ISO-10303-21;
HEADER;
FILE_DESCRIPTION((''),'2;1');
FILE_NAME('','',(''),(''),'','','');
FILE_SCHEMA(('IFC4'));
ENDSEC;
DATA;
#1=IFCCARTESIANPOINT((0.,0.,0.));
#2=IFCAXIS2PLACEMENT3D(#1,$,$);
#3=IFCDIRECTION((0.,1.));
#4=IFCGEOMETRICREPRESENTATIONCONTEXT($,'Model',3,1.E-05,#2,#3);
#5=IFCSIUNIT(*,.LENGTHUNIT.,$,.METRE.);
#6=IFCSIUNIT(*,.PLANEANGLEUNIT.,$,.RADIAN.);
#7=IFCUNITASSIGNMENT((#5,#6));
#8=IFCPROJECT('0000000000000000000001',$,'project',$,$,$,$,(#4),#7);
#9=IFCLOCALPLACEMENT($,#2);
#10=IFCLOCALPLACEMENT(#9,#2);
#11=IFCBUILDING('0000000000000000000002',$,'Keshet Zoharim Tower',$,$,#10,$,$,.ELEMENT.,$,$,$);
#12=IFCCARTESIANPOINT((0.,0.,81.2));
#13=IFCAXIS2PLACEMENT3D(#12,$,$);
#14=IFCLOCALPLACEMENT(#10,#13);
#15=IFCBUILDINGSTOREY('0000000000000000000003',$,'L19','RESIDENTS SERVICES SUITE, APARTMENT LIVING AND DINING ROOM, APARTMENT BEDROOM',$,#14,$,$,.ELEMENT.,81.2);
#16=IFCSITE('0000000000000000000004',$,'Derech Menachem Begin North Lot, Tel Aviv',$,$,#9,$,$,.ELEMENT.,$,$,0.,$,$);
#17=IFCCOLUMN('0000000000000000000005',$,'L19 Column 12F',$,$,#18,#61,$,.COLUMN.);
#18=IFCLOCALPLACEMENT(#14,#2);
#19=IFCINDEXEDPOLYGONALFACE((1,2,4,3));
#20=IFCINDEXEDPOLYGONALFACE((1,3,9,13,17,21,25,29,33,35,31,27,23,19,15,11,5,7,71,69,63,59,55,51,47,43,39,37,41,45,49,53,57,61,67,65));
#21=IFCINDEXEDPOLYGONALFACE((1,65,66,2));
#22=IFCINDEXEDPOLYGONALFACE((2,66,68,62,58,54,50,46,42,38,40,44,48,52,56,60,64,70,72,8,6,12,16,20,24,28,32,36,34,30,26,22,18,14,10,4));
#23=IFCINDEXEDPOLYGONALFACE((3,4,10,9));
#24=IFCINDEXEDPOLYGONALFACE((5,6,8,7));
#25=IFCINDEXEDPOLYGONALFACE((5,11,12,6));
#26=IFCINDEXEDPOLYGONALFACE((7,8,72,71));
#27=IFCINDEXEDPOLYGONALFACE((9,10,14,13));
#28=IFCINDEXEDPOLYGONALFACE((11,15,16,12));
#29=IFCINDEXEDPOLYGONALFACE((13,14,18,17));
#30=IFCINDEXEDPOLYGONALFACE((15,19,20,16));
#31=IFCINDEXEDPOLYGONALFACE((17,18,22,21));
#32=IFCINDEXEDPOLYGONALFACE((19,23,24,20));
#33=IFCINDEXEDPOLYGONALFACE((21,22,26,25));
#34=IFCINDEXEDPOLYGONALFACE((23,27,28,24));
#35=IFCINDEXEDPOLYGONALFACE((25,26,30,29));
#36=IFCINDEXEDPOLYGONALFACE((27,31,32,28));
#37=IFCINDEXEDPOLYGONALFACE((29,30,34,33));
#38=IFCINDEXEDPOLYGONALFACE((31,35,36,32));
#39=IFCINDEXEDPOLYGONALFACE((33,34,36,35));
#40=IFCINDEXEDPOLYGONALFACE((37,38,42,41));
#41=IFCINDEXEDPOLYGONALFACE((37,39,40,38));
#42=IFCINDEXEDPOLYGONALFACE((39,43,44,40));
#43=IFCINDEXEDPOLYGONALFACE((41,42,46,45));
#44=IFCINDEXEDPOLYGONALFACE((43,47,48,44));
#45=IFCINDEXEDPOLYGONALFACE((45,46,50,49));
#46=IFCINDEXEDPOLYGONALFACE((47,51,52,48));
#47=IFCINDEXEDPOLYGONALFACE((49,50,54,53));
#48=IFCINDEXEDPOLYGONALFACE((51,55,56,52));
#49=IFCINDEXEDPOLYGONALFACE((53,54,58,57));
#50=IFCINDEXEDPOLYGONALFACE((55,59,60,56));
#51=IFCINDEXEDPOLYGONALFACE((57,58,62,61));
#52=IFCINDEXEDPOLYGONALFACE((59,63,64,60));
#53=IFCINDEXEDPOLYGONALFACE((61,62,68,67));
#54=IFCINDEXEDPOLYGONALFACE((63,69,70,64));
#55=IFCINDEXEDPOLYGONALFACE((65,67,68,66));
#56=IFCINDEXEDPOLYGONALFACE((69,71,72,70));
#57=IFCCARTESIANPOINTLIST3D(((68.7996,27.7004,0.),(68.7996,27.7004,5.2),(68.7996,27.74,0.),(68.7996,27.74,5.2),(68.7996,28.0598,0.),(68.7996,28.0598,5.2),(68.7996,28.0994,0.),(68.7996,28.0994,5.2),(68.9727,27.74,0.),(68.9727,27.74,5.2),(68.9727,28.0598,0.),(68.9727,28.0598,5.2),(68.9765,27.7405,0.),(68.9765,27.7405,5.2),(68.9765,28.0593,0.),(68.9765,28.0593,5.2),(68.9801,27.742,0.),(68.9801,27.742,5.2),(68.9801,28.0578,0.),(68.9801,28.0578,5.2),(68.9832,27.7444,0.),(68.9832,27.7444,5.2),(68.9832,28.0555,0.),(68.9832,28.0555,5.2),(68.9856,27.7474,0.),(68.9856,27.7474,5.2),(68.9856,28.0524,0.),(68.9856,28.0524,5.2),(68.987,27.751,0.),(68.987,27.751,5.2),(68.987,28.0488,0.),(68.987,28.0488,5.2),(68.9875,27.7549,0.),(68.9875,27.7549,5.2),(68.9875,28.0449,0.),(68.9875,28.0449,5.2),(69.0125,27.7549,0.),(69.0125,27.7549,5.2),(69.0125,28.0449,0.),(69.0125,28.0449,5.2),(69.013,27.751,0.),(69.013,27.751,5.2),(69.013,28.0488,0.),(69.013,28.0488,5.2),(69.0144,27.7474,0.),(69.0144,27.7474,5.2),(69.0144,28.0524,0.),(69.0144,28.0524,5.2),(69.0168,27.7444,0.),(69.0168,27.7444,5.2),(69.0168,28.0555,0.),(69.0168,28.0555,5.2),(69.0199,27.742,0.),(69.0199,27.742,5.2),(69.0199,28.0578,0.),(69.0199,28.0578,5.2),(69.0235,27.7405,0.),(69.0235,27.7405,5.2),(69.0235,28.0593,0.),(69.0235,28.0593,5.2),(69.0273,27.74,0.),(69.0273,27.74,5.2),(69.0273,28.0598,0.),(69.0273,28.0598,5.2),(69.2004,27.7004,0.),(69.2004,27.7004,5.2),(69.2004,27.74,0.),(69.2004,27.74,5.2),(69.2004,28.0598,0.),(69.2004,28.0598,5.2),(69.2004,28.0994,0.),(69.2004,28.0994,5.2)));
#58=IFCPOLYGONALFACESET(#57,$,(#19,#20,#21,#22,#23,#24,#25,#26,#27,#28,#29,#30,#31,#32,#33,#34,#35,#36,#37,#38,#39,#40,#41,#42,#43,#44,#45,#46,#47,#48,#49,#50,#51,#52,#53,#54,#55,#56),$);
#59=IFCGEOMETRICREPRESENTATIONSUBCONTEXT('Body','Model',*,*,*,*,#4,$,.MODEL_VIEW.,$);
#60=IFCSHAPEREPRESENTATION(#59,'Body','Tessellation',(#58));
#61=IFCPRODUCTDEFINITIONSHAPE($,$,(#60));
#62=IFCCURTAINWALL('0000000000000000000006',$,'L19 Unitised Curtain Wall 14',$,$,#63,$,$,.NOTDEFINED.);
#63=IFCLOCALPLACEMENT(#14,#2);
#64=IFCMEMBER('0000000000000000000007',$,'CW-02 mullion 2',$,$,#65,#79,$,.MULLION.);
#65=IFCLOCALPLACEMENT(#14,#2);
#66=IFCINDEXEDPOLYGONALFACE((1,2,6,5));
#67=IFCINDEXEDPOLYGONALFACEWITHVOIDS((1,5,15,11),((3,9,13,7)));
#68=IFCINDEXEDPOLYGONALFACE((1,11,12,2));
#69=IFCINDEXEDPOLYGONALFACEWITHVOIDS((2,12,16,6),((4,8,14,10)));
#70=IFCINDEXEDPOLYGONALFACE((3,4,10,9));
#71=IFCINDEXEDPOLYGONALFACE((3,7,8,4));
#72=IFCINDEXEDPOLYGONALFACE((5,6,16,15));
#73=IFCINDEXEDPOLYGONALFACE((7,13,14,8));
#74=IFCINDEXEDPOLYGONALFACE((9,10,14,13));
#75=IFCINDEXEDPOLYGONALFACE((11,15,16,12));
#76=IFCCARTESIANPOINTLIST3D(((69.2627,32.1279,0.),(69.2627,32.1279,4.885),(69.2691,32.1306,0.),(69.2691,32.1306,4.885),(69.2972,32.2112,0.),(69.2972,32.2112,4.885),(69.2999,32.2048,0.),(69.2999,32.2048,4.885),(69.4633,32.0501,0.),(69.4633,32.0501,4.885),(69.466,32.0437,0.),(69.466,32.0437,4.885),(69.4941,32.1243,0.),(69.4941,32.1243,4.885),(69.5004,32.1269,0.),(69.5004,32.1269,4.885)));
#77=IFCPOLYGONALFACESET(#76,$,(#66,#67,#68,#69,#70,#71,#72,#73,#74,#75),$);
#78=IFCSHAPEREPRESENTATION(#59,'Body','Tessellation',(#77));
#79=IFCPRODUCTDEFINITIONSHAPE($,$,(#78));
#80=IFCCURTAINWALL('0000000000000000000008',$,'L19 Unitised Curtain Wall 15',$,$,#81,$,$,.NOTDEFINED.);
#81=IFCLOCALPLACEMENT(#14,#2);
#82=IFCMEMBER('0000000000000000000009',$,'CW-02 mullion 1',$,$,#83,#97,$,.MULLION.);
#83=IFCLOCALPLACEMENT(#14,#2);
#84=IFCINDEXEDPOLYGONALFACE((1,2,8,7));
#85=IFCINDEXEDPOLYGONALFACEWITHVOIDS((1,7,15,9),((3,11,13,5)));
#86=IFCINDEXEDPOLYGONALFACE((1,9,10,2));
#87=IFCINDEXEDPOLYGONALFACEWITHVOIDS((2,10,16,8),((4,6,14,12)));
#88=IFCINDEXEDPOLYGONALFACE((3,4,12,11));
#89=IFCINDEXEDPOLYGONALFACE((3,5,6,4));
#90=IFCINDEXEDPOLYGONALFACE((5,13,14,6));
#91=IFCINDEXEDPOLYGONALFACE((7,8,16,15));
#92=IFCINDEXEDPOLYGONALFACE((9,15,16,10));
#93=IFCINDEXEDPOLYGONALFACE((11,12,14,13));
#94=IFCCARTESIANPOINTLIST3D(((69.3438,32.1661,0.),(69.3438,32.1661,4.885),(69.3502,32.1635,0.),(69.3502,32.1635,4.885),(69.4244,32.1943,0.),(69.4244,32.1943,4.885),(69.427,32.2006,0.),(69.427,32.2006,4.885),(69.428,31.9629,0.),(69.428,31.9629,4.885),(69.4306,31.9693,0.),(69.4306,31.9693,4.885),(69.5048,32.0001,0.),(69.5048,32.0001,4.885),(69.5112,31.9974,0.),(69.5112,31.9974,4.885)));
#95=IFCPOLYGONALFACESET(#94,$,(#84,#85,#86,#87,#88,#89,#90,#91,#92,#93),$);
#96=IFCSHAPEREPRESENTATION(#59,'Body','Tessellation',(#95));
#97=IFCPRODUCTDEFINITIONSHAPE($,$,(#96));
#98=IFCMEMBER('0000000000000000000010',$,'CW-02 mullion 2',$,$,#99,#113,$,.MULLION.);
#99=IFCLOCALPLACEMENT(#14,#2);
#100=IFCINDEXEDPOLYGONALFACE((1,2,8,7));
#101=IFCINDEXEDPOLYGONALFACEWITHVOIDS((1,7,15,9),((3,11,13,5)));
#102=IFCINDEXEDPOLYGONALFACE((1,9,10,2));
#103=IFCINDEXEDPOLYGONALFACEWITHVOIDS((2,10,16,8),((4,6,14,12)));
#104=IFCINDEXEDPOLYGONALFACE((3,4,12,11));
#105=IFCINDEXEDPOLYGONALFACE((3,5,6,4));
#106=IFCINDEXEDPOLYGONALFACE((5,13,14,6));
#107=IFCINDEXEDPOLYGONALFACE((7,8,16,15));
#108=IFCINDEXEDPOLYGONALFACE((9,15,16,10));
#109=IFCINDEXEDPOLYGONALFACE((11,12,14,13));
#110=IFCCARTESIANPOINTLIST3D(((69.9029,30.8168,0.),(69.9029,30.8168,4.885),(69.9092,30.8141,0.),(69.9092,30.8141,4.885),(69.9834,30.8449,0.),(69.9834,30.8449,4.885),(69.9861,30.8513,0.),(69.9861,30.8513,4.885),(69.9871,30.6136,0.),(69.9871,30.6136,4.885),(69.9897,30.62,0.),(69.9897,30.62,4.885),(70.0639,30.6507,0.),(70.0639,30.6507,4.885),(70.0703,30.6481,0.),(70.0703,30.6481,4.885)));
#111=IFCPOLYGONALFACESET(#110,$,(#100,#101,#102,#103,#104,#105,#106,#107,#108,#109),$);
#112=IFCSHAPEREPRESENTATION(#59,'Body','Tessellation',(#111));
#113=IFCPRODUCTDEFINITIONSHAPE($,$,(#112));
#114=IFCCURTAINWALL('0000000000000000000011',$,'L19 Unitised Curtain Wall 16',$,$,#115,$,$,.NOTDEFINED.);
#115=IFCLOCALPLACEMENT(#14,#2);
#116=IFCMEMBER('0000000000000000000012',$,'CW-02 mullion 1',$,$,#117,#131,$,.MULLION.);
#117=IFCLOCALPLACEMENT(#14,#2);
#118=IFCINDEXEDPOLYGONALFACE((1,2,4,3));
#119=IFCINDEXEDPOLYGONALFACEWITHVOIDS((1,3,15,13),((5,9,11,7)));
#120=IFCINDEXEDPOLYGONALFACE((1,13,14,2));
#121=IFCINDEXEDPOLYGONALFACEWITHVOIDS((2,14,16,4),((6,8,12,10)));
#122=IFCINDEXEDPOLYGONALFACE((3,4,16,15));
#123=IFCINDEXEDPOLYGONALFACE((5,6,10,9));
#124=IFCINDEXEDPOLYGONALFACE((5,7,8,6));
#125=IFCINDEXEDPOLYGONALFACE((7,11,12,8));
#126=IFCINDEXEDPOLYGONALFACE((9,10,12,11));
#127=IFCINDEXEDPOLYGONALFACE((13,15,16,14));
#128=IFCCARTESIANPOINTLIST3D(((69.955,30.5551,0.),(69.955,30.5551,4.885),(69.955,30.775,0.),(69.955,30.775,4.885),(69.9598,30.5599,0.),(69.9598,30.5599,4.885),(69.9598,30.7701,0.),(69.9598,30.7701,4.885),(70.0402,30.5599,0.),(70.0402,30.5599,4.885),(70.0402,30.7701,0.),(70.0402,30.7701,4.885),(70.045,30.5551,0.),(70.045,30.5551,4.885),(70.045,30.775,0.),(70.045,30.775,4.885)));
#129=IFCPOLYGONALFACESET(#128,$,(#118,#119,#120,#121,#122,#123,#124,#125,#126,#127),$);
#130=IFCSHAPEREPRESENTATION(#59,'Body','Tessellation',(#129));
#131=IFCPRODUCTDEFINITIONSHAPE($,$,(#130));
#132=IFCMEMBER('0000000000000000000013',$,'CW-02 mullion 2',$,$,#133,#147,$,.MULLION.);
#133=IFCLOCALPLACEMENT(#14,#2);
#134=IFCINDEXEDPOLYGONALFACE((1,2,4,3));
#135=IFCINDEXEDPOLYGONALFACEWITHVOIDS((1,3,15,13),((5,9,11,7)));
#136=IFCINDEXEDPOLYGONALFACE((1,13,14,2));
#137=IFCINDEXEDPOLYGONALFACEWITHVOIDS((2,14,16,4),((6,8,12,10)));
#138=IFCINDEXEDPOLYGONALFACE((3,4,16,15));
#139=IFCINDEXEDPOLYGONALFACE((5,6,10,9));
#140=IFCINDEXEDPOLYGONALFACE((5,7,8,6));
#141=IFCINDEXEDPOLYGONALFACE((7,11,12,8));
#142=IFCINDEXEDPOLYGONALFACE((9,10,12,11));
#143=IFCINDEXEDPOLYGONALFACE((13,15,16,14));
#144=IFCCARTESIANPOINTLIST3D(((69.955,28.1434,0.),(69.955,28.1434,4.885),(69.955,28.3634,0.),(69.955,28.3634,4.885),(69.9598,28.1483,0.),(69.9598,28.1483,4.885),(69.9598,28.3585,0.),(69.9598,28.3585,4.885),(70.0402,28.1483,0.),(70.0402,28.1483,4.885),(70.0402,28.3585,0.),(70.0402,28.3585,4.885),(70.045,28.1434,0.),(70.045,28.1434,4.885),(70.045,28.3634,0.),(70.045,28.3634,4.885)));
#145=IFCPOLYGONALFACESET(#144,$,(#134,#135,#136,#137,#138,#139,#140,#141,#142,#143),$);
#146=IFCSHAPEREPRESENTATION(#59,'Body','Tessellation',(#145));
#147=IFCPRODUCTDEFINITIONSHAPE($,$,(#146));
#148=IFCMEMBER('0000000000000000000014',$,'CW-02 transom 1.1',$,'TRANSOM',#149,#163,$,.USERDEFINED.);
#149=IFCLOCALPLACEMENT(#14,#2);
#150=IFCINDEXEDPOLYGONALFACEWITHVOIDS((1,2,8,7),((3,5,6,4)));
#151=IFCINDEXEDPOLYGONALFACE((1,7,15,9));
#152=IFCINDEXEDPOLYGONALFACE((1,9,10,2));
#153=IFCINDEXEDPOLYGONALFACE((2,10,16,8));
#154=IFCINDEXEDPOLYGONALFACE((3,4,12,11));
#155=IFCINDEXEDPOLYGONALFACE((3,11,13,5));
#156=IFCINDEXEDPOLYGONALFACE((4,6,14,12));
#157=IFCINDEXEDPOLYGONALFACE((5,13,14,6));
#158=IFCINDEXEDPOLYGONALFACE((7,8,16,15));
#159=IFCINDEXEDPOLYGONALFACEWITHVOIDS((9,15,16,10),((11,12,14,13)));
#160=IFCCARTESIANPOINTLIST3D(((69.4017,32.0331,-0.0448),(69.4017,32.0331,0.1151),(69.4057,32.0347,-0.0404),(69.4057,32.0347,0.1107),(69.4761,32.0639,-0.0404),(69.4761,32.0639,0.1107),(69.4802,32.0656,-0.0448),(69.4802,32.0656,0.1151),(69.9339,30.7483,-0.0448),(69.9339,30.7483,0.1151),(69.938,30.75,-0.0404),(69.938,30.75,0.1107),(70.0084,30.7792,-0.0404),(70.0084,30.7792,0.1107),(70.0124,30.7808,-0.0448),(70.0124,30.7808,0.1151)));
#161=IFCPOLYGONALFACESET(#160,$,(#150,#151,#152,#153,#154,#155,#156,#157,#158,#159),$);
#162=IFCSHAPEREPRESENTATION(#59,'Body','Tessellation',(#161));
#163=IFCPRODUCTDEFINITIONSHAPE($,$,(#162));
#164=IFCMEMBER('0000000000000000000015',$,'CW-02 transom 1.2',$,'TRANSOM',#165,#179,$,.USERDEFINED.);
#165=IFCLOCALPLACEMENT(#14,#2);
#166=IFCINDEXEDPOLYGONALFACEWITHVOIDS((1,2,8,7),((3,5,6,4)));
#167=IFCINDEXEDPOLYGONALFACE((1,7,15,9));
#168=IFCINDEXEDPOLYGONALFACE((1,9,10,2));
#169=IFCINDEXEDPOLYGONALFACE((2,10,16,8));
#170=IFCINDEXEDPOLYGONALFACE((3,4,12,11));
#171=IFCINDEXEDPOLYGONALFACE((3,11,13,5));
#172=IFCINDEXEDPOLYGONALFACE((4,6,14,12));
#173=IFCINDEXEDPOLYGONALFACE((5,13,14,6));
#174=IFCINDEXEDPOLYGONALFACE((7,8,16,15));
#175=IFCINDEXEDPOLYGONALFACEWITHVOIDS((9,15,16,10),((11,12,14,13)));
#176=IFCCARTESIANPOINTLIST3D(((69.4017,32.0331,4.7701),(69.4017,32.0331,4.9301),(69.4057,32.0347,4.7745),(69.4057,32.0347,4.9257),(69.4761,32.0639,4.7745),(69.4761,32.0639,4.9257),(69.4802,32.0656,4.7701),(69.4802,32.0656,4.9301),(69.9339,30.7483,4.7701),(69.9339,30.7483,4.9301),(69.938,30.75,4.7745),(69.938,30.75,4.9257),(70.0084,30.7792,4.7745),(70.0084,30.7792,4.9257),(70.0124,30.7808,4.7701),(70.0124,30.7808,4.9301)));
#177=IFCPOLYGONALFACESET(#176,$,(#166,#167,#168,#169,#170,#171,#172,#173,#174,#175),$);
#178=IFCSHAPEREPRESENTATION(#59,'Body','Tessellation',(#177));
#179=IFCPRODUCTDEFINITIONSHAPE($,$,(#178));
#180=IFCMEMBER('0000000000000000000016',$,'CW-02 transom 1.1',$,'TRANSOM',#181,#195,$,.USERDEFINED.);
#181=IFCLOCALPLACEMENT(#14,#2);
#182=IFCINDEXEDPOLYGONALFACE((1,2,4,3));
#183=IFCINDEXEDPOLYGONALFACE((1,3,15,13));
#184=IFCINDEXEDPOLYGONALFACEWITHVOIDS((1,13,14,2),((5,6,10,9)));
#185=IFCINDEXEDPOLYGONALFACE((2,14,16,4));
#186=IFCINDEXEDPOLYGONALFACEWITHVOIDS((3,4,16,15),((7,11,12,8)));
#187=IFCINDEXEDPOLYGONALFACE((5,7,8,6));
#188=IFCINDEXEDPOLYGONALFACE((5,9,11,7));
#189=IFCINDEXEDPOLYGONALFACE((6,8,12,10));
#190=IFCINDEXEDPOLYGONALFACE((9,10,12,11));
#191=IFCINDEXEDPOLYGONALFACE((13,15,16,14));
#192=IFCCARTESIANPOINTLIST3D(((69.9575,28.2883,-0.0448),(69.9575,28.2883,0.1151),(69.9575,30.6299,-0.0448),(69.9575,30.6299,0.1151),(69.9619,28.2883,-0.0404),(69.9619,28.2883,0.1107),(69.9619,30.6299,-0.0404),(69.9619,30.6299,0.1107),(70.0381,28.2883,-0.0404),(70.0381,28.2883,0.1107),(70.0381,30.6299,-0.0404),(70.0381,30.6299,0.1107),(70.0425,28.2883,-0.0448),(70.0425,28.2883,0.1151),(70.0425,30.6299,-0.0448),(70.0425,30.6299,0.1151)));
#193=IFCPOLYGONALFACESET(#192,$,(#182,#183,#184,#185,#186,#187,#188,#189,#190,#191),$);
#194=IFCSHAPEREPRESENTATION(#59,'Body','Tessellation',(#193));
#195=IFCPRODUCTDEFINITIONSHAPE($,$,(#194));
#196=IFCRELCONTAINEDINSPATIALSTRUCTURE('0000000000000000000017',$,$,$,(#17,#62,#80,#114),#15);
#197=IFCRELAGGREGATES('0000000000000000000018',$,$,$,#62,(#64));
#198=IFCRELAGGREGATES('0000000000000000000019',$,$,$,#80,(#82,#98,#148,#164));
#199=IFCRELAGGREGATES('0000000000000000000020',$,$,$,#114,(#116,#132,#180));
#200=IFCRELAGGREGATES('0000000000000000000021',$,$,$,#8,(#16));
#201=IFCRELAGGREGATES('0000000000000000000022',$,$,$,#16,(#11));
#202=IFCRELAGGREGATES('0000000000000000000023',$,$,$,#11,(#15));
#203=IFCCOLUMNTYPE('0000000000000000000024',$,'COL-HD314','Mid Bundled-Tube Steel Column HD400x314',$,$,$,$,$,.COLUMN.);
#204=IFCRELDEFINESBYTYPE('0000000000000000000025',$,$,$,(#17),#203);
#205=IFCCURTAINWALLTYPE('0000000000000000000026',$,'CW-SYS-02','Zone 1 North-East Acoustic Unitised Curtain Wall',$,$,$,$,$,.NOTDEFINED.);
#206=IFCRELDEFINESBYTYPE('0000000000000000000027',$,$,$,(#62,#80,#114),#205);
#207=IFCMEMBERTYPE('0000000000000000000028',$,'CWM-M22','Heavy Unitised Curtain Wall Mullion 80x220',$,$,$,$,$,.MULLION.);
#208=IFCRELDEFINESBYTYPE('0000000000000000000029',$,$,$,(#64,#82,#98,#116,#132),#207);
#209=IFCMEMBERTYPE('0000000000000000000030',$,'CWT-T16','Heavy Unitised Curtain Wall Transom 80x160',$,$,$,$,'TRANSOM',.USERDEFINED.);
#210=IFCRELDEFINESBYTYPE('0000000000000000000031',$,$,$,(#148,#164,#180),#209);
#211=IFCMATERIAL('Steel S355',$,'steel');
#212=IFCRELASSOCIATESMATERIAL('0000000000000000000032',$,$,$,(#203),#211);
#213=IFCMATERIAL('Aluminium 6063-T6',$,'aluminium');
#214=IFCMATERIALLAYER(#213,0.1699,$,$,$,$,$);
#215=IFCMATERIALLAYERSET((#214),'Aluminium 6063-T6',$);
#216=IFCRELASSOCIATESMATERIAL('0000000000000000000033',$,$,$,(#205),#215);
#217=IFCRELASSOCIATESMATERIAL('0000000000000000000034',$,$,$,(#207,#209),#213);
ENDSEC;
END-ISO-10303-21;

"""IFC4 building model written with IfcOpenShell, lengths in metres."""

from ifc_helpers import new_model, si_unit, direction, frame, origin, origin_2d, place, context, subcontext, project, spatial, hollow_rectangle, i_section, extrude, material, layer, layer_set, material_profile, profile_set, type_object, element, aggregate, save


model = new_model("IFC4")

# Units and contexts
model_context = context("Model", 3, precision=1e-05, world=origin(), true_north=direction((0.0, 1.0)))
body_context = subcontext(model_context, "Body", "Model", "MODEL_VIEW")
ifc_project = project(units=[si_unit("LENGTHUNIT", "METRE"), si_unit("PLANEANGLEUNIT", "RADIAN")], contexts=[model_context])

# Site, building, storey
site_placement = place(None, origin())
site = spatial("IfcSite", under=ifc_project, at=site_placement, Name="Derech Menachem Begin North Lot, Tel Aviv", CompositionType="ELEMENT", RefElevation=0.0)
building_placement = place(site_placement, origin())
building = spatial("IfcBuilding", under=site, at=building_placement, Name="Keshet Zoharim Tower", CompositionType="ELEMENT")
storey_placement = place(building_placement, frame((0.0, 0.0, 81.2)))
storey = spatial("IfcBuildingStorey", under=building, at=storey_placement, Name="L19", Description="RESIDENTS SERVICES SUITE, APARTMENT LIVING AND DINING ROOM, APARTMENT BEDROOM", CompositionType="ELEMENT", Elevation=81.2)

# Column
ifc_material_1 = material(Name="Steel S355", Category="steel")
ifc_material_profile_1 = material_profile(ifc_material_1, i_section(OverallWidth=0.4009, OverallDepth=0.3989, WebThickness=0.0249, FlangeThickness=0.0396, FilletRadius=0.0149, at=origin_2d()), Name="HD400x314")
ifc_profile_set_1 = profile_set([ifc_material_profile_1], Name="Steel S355")
column_type = type_object("IfcColumnType", Name="COL-HD314", Description="Mid Bundled-Tube Steel Column HD400x314", PredefinedType="COLUMN", material=ifc_profile_set_1)
column_placement = place(storey_placement, frame((69.0, 27.8999, 0.0), z_axis=(0.0, 0.0, 1.0), x_axis=(1.0, 0.0, 0.0)))
element("IfcColumn", 1, at=column_placement, inside=storey, type_object=column_type, Name="L19 Column 12F", PredefinedType="COLUMN", context=body_context, shape_type="SweptSolid", body=[
    extrude(i_section(OverallWidth=0.4009, OverallDepth=0.3989, WebThickness=0.0249, FlangeThickness=0.0396, FilletRadius=0.0149, at=origin_2d()), origin(), (0.0, 0.0, 1.0), 5.2),
])

# Curtain wall, member
ifc_material_2 = material(Name="Aluminium 6063-T6", Category="aluminium")
ifc_layer_1 = layer(ifc_material_2, 0.1699)
ifc_layer_set_1 = layer_set([ifc_layer_1], Name="Aluminium 6063-T6")
curtain_wall_type = type_object("IfcCurtainWallType", Name="CW-SYS-02", Description="Zone 1 North-East Acoustic Unitised Curtain Wall", PredefinedType="NOTDEFINED", material=ifc_layer_set_1)
curtain_wall_1_placement = place(storey_placement, origin())
curtain_wall_1 = element("IfcCurtainWall", 2, at=curtain_wall_1_placement, inside=storey, type_object=curtain_wall_type, Name="L19 Unitised Curtain Wall 14", PredefinedType="NOTDEFINED")
ifc_material_profile_2 = material_profile(ifc_material_2, hollow_rectangle(XDim=0.0901, YDim=0.22, WallThickness=0.0049, at=origin_2d()), Name="MUL-90x220")
ifc_profile_set_2 = profile_set([ifc_material_profile_2], Name="Aluminium 6063-T6")
member_type_1 = type_object("IfcMemberType", Name="CWM-M22", Description="Heavy Unitised Curtain Wall Mullion 80x220", PredefinedType="MULLION", material=ifc_profile_set_2)
member_1_placement = place(storey_placement, frame((69.3816, 32.1274, 0.0), z_axis=(0.0, 0.0, 1.0), x_axis=(0.382852, 0.92381, 0.0)))
member_1 = element("IfcMember", 3, at=member_1_placement, type_object=member_type_1, Name="CW-02 mullion 2", PredefinedType="MULLION", context=body_context, shape_type="SweptSolid", body=[
    extrude(hollow_rectangle(XDim=0.0901, YDim=0.22, WallThickness=0.0049, at=origin_2d()), origin(), (0.0, 0.0, 1.0), 4.885),
])
aggregate(curtain_wall_1, [member_1])

# Curtain walls, members
curtain_wall_2_placement = place(storey_placement, origin())
curtain_wall_2 = element("IfcCurtainWall", 4, at=curtain_wall_2_placement, inside=storey, type_object=curtain_wall_type, Name="L19 Unitised Curtain Wall 15", PredefinedType="NOTDEFINED")
member_2_placement = place(storey_placement, frame((69.4275, 32.0818, 0.0), z_axis=(0.0, 0.0, 1.0), x_axis=(0.92381, 0.382852, 0.0)))
member_2 = element("IfcMember", 5, at=member_2_placement, type_object=member_type_1, Name="CW-02 mullion 1", PredefinedType="MULLION", context=body_context, shape_type="SweptSolid", body=[
    extrude(hollow_rectangle(XDim=0.0901, YDim=0.22, WallThickness=0.0049, at=origin_2d()), origin(), (0.0, 0.0, 1.0), 4.885),
])
member_3_placement = place(storey_placement, frame((69.9866, 30.7324, 0.0), z_axis=(0.0, 0.0, 1.0), x_axis=(0.92381, 0.382852, 0.0)))
member_3 = element("IfcMember", 6, at=member_3_placement, type_object=member_type_1, Name="CW-02 mullion 2", PredefinedType="MULLION", context=body_context, shape_type="SweptSolid", body=[
    extrude(hollow_rectangle(XDim=0.0901, YDim=0.22, WallThickness=0.0049, at=origin_2d()), origin(), (0.0, 0.0, 1.0), 4.885),
])
curtain_wall_3_placement = place(storey_placement, origin())
curtain_wall_3 = element("IfcCurtainWall", 7, at=curtain_wall_3_placement, inside=storey, type_object=curtain_wall_type, Name="L19 Unitised Curtain Wall 16", PredefinedType="NOTDEFINED")
member_4_placement = place(storey_placement, frame((70.0, 30.665, 0.0), z_axis=(0.0, 0.0, 1.0), x_axis=(1.0, 0.0, 0.0)))
member_4 = element("IfcMember", 8, at=member_4_placement, type_object=member_type_1, Name="CW-02 mullion 1", PredefinedType="MULLION", context=body_context, shape_type="SweptSolid", body=[
    extrude(hollow_rectangle(XDim=0.0901, YDim=0.22, WallThickness=0.0049, at=origin_2d()), origin(), (0.0, 0.0, 1.0), 4.885),
])
member_5_placement = place(storey_placement, frame((70.0, 28.2534, 0.0), z_axis=(0.0, 0.0, 1.0), x_axis=(1.0, 0.0, 0.0)))
member_5 = element("IfcMember", 9, at=member_5_placement, type_object=member_type_1, Name="CW-02 mullion 2", PredefinedType="MULLION", context=body_context, shape_type="SweptSolid", body=[
    extrude(hollow_rectangle(XDim=0.0901, YDim=0.22, WallThickness=0.0049, at=origin_2d()), origin(), (0.0, 0.0, 1.0), 4.885),
])

# Members
ifc_material_profile_3 = material_profile(ifc_material_2, hollow_rectangle(XDim=0.085, YDim=0.1599, WallThickness=0.0044, at=origin_2d()), Name="TRN-85x160")
ifc_profile_set_3 = profile_set([ifc_material_profile_3], Name="Aluminium 6063-T6")
member_type_2 = type_object("IfcMemberType", Name="CWT-T16", Description="Heavy Unitised Curtain Wall Transom 80x160", ElementType="TRANSOM", PredefinedType="USERDEFINED", material=ifc_profile_set_3)
member_6_placement = place(storey_placement, frame((69.4409, 32.0493, 0.0352), z_axis=(0.382745, -0.923854, 0.0), x_axis=(0.923854, 0.382745, 0.0)))
member_6 = element("IfcMember", 10, at=member_6_placement, type_object=member_type_2, Name="CW-02 transom 1.1", ObjectType="TRANSOM", PredefinedType="USERDEFINED", context=body_context, shape_type="SweptSolid", body=[
    extrude(hollow_rectangle(XDim=0.085, YDim=0.1599, WallThickness=0.0044, at=origin_2d()), origin(), (0.0, 0.0, 1.0), 1.3906),
])
member_7_placement = place(storey_placement, frame((69.4409, 32.0493, 4.8501), z_axis=(0.382745, -0.923854, 0.0), x_axis=(0.923854, 0.382745, 0.0)))
member_7 = element("IfcMember", 11, at=member_7_placement, type_object=member_type_2, Name="CW-02 transom 1.2", ObjectType="TRANSOM", PredefinedType="USERDEFINED", context=body_context, shape_type="SweptSolid", body=[
    extrude(hollow_rectangle(XDim=0.085, YDim=0.1599, WallThickness=0.0044, at=origin_2d()), origin(), (0.0, 0.0, 1.0), 1.3906),
])
member_8_placement = place(storey_placement, frame((70.0, 30.6299, 0.0352), z_axis=(0.0, -1.0, 0.0), x_axis=(1.0, 0.0, 0.0)))
member_8 = element("IfcMember", 12, at=member_8_placement, type_object=member_type_2, Name="CW-02 transom 1.1", ObjectType="TRANSOM", PredefinedType="USERDEFINED", context=body_context, shape_type="SweptSolid", body=[
    extrude(hollow_rectangle(XDim=0.085, YDim=0.1599, WallThickness=0.0044, at=origin_2d()), origin(), (0.0, 0.0, 1.0), 2.3416),
])

aggregate(curtain_wall_2, [member_2, member_3, member_6, member_7])
aggregate(curtain_wall_3, [member_4, member_5, member_8])

save(model, "model.ifc")
